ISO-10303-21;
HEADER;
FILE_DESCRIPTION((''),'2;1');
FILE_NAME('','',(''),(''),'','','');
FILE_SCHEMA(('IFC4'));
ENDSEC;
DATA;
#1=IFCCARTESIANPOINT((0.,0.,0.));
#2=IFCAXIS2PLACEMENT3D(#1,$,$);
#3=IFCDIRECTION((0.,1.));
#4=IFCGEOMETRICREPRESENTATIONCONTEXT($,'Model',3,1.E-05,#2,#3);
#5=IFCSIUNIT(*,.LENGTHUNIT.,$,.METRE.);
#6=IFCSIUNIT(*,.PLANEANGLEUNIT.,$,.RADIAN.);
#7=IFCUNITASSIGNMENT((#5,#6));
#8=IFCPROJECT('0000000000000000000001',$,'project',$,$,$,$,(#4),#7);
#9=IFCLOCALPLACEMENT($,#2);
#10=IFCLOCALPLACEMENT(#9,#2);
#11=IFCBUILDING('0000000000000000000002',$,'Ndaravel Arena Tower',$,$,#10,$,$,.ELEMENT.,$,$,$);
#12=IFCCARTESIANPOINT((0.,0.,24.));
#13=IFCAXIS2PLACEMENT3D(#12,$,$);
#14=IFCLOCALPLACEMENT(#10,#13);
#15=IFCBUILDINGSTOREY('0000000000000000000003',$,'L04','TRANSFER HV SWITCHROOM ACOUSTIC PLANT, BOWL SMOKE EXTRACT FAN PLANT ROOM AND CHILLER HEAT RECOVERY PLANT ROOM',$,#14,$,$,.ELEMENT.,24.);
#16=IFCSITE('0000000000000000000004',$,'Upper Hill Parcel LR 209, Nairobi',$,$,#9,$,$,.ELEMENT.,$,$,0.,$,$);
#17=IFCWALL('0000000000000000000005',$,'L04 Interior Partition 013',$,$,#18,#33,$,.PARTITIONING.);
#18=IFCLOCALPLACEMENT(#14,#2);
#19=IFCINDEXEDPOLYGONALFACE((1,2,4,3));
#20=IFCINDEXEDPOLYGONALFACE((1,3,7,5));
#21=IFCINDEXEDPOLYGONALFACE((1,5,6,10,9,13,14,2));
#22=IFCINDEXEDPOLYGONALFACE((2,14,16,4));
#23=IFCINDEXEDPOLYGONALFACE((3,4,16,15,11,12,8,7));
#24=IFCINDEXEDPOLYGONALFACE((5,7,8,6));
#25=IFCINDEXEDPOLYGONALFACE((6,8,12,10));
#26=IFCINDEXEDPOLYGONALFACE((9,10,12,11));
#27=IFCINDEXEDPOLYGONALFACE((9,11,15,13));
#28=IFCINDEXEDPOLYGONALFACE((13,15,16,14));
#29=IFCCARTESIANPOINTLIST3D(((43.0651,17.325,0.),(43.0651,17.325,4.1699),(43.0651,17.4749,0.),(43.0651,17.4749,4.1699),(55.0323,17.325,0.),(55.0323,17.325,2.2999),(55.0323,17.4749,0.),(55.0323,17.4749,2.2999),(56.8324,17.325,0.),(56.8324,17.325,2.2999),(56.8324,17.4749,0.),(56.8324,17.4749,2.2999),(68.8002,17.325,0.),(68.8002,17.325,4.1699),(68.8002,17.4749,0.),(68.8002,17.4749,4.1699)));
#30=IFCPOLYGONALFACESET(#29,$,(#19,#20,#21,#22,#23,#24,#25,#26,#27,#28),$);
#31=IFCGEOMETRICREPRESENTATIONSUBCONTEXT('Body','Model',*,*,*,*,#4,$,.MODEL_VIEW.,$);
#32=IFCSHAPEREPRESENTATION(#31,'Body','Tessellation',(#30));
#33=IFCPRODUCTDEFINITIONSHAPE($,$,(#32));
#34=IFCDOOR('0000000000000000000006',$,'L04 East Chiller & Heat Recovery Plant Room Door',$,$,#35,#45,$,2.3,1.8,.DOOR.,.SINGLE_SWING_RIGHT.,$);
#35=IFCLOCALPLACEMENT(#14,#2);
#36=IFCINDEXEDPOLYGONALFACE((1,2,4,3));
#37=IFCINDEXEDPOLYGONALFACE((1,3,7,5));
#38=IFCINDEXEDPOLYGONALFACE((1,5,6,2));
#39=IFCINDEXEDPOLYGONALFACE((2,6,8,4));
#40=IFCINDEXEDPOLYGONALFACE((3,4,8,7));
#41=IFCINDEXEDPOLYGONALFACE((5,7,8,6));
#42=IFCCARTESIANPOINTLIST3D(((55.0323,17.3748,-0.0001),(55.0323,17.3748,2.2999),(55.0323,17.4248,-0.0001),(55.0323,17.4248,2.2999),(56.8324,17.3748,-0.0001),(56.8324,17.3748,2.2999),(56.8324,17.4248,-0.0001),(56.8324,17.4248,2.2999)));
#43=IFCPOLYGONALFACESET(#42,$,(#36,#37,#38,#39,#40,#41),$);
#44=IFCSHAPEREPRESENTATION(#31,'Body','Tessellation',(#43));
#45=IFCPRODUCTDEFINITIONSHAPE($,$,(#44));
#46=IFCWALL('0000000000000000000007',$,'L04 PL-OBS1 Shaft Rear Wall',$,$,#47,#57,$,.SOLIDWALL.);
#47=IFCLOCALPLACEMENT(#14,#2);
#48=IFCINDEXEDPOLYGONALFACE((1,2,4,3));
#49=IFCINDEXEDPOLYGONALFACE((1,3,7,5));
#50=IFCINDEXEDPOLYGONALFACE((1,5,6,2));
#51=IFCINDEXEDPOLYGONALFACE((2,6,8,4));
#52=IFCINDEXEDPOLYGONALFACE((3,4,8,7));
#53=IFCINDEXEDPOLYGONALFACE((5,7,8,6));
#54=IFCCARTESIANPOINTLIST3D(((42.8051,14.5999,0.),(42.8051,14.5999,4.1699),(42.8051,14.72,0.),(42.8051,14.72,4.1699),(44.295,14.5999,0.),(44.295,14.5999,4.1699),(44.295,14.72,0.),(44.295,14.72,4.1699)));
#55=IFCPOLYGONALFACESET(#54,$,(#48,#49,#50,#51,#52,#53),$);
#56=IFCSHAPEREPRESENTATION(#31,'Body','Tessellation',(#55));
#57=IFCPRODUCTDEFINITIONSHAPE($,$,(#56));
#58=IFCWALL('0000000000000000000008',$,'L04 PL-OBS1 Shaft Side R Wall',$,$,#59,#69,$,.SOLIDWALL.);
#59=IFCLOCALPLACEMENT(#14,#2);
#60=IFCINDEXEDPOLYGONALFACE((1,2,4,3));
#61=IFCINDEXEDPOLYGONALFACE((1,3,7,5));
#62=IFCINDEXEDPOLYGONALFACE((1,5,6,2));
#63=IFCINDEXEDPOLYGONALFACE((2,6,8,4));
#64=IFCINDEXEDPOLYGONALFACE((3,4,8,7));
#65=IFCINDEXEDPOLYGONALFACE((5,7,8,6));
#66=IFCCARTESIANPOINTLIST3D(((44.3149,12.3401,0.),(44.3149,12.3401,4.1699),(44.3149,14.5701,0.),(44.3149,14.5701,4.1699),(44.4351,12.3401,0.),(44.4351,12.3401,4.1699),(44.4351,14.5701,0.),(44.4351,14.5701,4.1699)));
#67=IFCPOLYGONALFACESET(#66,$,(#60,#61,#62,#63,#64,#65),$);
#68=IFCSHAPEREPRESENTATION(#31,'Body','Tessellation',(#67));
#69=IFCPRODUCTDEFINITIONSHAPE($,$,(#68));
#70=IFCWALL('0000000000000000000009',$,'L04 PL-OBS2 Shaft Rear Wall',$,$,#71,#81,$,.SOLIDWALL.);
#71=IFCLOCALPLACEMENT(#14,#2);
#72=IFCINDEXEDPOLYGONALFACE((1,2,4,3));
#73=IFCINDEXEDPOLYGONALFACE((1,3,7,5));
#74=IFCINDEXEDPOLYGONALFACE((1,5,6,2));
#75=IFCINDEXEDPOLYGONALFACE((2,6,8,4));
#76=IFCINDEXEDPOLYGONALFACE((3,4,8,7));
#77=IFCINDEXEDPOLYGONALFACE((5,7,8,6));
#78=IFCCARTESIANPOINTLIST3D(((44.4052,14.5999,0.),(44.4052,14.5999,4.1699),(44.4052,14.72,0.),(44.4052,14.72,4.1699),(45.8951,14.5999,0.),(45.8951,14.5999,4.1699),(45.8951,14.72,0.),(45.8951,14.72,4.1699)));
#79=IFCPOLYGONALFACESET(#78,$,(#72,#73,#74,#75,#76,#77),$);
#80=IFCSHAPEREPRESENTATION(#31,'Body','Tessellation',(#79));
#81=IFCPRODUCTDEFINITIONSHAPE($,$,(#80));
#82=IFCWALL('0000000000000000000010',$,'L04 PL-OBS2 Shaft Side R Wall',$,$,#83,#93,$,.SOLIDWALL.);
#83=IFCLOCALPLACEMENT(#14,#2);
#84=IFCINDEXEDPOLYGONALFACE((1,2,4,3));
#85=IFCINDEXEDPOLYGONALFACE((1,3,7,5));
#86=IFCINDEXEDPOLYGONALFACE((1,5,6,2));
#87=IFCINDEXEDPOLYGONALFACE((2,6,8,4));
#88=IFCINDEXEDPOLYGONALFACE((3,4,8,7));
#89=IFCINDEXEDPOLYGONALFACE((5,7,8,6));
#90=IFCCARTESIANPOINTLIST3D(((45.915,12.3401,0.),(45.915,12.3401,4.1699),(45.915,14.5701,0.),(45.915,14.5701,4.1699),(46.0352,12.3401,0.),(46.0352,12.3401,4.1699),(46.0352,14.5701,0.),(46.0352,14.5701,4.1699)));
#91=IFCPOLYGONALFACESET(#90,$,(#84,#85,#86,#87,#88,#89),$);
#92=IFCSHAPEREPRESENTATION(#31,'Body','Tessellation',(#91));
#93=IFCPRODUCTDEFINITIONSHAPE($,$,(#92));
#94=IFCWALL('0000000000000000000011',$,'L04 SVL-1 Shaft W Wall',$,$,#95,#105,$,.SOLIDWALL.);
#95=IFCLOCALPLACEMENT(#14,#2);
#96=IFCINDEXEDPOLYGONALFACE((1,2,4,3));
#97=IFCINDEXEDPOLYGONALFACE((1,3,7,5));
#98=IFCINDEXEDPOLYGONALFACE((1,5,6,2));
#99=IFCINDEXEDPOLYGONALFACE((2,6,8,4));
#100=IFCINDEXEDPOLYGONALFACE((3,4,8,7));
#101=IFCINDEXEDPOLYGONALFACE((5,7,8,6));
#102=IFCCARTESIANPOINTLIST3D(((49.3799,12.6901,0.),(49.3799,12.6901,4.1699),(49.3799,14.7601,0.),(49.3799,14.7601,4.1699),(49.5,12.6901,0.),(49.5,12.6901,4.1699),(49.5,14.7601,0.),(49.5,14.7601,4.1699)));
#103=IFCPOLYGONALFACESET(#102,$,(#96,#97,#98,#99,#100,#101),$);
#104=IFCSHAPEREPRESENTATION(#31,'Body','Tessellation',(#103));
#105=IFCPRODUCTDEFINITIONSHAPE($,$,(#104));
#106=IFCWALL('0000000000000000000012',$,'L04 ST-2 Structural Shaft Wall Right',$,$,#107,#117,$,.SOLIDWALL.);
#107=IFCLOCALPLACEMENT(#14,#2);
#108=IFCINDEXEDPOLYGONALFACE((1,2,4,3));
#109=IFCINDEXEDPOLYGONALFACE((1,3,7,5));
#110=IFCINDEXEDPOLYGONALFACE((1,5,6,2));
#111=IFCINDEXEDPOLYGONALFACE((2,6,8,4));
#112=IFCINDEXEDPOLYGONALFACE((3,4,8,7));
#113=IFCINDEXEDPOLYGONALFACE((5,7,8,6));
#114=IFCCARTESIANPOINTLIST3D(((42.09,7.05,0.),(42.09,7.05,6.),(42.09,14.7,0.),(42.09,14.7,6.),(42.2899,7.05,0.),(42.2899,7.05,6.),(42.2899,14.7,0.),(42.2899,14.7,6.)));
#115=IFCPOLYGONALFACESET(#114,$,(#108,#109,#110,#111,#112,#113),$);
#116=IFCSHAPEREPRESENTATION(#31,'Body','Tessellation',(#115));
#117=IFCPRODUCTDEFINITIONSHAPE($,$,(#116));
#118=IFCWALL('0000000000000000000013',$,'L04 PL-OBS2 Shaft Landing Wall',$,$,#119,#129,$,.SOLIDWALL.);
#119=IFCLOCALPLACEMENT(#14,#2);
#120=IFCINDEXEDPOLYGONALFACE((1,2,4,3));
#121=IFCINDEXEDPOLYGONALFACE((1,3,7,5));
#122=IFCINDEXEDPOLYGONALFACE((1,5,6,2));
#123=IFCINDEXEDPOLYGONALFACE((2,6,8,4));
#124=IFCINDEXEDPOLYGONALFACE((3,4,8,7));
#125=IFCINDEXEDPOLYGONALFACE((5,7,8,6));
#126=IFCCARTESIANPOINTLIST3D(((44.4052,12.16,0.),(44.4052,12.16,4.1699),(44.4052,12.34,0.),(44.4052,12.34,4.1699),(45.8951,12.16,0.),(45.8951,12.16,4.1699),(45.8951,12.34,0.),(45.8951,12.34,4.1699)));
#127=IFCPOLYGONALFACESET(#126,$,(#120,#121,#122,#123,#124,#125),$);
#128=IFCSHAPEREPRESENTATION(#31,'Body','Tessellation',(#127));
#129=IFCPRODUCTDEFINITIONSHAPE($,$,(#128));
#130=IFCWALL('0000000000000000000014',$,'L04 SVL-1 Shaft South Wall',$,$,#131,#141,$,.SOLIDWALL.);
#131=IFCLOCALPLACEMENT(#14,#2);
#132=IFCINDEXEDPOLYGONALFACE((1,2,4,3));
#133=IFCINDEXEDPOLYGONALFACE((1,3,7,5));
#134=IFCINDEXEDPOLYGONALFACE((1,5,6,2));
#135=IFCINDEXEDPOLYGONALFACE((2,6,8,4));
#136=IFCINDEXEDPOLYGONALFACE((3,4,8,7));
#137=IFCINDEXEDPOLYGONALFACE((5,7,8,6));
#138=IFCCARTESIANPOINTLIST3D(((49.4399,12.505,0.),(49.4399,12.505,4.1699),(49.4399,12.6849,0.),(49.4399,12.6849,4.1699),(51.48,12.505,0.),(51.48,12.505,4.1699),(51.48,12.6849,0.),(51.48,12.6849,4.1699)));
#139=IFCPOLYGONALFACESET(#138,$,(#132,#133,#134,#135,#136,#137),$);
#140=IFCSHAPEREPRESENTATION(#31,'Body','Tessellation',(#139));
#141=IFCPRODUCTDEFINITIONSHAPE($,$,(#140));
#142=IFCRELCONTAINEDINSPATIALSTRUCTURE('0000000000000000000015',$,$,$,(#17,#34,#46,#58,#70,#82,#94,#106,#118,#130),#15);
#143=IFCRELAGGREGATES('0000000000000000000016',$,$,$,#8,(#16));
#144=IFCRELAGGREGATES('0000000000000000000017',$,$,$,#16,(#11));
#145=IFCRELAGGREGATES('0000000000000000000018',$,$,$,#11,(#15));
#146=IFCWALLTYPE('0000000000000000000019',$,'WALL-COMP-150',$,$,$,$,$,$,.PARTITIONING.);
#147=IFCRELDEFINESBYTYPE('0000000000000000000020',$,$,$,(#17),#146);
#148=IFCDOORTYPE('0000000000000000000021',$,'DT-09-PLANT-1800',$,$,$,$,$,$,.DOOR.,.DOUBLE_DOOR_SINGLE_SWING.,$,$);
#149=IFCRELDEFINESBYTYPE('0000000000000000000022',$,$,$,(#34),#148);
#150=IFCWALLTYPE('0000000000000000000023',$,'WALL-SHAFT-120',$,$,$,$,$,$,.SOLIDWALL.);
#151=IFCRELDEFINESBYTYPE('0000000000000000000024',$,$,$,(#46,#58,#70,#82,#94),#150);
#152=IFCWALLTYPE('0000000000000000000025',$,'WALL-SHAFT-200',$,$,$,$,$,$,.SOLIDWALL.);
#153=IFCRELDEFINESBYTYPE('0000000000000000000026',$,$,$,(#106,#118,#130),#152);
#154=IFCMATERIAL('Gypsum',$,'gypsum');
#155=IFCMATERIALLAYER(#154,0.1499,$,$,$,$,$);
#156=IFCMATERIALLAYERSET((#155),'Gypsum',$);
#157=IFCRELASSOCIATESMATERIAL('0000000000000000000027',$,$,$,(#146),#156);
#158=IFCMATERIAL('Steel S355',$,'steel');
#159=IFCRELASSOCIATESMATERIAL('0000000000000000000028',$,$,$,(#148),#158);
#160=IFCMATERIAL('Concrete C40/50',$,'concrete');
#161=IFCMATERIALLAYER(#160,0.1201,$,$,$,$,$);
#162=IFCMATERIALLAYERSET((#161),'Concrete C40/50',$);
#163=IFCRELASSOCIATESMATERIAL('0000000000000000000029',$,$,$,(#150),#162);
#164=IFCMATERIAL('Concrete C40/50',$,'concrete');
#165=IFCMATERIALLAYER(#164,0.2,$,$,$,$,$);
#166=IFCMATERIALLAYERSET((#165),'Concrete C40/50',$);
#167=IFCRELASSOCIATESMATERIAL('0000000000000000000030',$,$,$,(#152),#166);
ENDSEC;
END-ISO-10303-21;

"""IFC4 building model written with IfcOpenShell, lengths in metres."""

from ifc_helpers import new_model, si_unit, direction, frame, frame_2d, origin, place, context, subcontext, project, spatial, rectangle, extrude, material, layer, layer_set, type_object, element, fill, save


model = new_model("IFC4")

# Units and contexts
model_context = context("Model", 3, precision=1e-05, world=origin(), true_north=direction((0.0, 1.0)))
body_context = subcontext(model_context, "Body", "Model", "MODEL_VIEW")
ifc_project = project(units=[si_unit("LENGTHUNIT", "METRE"), si_unit("PLANEANGLEUNIT", "RADIAN")], contexts=[model_context])

# Site, building, storey
site_placement = place(None, origin())
site = spatial("IfcSite", under=ifc_project, at=site_placement, Name="Upper Hill Parcel LR 209, Nairobi", CompositionType="ELEMENT", RefElevation=0.0)
building_placement = place(site_placement, origin())
building = spatial("IfcBuilding", under=site, at=building_placement, Name="Ndaravel Arena Tower", CompositionType="ELEMENT")
storey_placement = place(building_placement, frame((0.0, 0.0, 24.0)))
storey = spatial("IfcBuildingStorey", under=building, at=storey_placement, Name="L04", Description="TRANSFER HV SWITCHROOM ACOUSTIC PLANT, BOWL SMOKE EXTRACT FAN PLANT ROOM AND CHILLER HEAT RECOVERY PLANT ROOM", CompositionType="ELEMENT", Elevation=24.0)

# Wall, opening, door
ifc_material_1 = material(Name="Gypsum", Category="gypsum")
ifc_layer_1 = layer(ifc_material_1, 0.1499)
ifc_layer_set_1 = layer_set([ifc_layer_1], Name="Gypsum")
wall_type_1 = type_object("IfcWallType", Name="WALL-COMP-150", PredefinedType="PARTITIONING", material=ifc_layer_set_1)
wall_1_placement = place(storey_placement, frame((43.0649, 17.3999, 0.0), z_axis=(0.0, 0.0, 1.0), x_axis=(1.0, 0.0, 0.0)))
wall_1 = element("IfcWall", 1, at=wall_1_placement, inside=storey, type_object=wall_type_1, Name="L04 Interior Partition 013", PredefinedType="PARTITIONING", context=body_context, shape_type="SweptSolid", body=[
    extrude(rectangle(XDim=25.7351, YDim=0.1499, at=frame_2d((12.8677, 0.0))), origin(), (0.0, 0.0, 1.0), 4.1699),
])
opening_placement = place(wall_1_placement, frame((11.9675, 0.0, 0.0)))
opening = element("IfcOpeningElement", 2, at=opening_placement, cuts=wall_1, PredefinedType="OPENING", context=body_context, shape_type="SweptSolid", body=[
    extrude(rectangle(XDim=1.8, YDim=2.3, at=frame_2d((0.8999, 1.1499))), frame((0.0, 0.075, 0.0), z_axis=(0.0, -1.0, 0.0), x_axis=(1.0, 0.0, 0.0)), (0.0, 0.0, 1.0), 0.1499),
])
ifc_material_2 = material(Name="Steel S355", Category="steel")
door_type = type_object("IfcDoorType", Name="DT-09-PLANT-1800", OperationType="DOUBLE_DOOR_SINGLE_SWING", PredefinedType="DOOR", material=ifc_material_2)
door_placement = place(opening_placement, origin())
door = element("IfcDoor", 3, at=door_placement, inside=storey, type_object=door_type, Name="L04 East Chiller & Heat Recovery Plant Room Door", OperationType="SINGLE_SWING_RIGHT", OverallHeight=2.3, OverallWidth=1.8, PredefinedType="DOOR", context=body_context, shape_type="SweptSolid", body=[
    extrude(rectangle(XDim=1.8, YDim=2.3, at=frame_2d((0.8999, 1.1499))), frame((0.0, 0.0249, 0.0), z_axis=(0.0, -1.0, 0.0), x_axis=(1.0, 0.0, 0.0)), (0.0, 0.0, 1.0), 0.05),
])
fill(opening, door)

# Walls
ifc_material_3 = material(Name="Concrete C40/50", Category="concrete")
ifc_layer_2 = layer(ifc_material_3, 0.1201)
ifc_layer_set_2 = layer_set([ifc_layer_2], Name="Concrete C40/50")
wall_type_2 = type_object("IfcWallType", Name="WALL-SHAFT-120", PredefinedType="SOLIDWALL", material=ifc_layer_set_2)
wall_2_placement = place(storey_placement, frame((42.8049, 14.6599, 0.0), z_axis=(0.0, 0.0, 1.0), x_axis=(1.0, 0.0, 0.0)))
element("IfcWall", 4, at=wall_2_placement, inside=storey, type_object=wall_type_2, Name="L04 PL-OBS1 Shaft Rear Wall", PredefinedType="SOLIDWALL", context=body_context, shape_type="SweptSolid", body=[
    extrude(rectangle(XDim=1.49, YDim=0.1201, at=frame_2d((0.7451, 0.0))), origin(), (0.0, 0.0, 1.0), 4.1699),
])
wall_3_placement = place(storey_placement, frame((44.375, 12.3401, 0.0), z_axis=(0.0, 0.0, 1.0), x_axis=(0.0, 1.0, 0.0)))
element("IfcWall", 5, at=wall_3_placement, inside=storey, type_object=wall_type_2, Name="L04 PL-OBS1 Shaft Side R Wall", PredefinedType="SOLIDWALL", context=body_context, shape_type="SweptSolid", body=[
    extrude(rectangle(XDim=2.23, YDim=0.1201, at=frame_2d((1.115, 0.0))), origin(), (0.0, 0.0, 1.0), 4.1699),
])
wall_4_placement = place(storey_placement, frame((44.405, 14.6599, 0.0), z_axis=(0.0, 0.0, 1.0), x_axis=(1.0, 0.0, 0.0)))
element("IfcWall", 6, at=wall_4_placement, inside=storey, type_object=wall_type_2, Name="L04 PL-OBS2 Shaft Rear Wall", PredefinedType="SOLIDWALL", context=body_context, shape_type="SweptSolid", body=[
    extrude(rectangle(XDim=1.49, YDim=0.1201, at=frame_2d((0.7451, 0.0))), origin(), (0.0, 0.0, 1.0), 4.1699),
])
wall_5_placement = place(storey_placement, frame((45.9751, 12.3401, 0.0), z_axis=(0.0, 0.0, 1.0), x_axis=(0.0, 1.0, 0.0)))
element("IfcWall", 7, at=wall_5_placement, inside=storey, type_object=wall_type_2, Name="L04 PL-OBS2 Shaft Side R Wall", PredefinedType="SOLIDWALL", context=body_context, shape_type="SweptSolid", body=[
    extrude(rectangle(XDim=2.23, YDim=0.1201, at=frame_2d((1.115, 0.0))), origin(), (0.0, 0.0, 1.0), 4.1699),
])
wall_6_placement = place(storey_placement, frame((49.4399, 12.6899, 0.0), z_axis=(0.0, 0.0, 1.0), x_axis=(0.0, 1.0, 0.0)))
element("IfcWall", 8, at=wall_6_placement, inside=storey, type_object=wall_type_2, Name="L04 SVL-1 Shaft W Wall", PredefinedType="SOLIDWALL", context=body_context, shape_type="SweptSolid", body=[
    extrude(rectangle(XDim=2.0701, YDim=0.1201, at=frame_2d((1.0352, 0.0))), origin(), (0.0, 0.0, 1.0), 4.1699),
])
ifc_material_4 = material(Name="Concrete C40/50", Category="concrete")
ifc_layer_3 = layer(ifc_material_4, 0.2)
ifc_layer_set_3 = layer_set([ifc_layer_3], Name="Concrete C40/50")
wall_type_3 = type_object("IfcWallType", Name="WALL-SHAFT-200", PredefinedType="SOLIDWALL", material=ifc_layer_set_3)
wall_7_placement = place(storey_placement, frame((42.1899, 14.7, 0.0), z_axis=(0.0, 0.0, 1.0), x_axis=(0.0, -1.0, 0.0)))
element("IfcWall", 9, at=wall_7_placement, inside=storey, type_object=wall_type_3, Name="L04 ST-2 Structural Shaft Wall Right", PredefinedType="SOLIDWALL", context=body_context, shape_type="SweptSolid", body=[
    extrude(rectangle(XDim=7.6499, YDim=0.2, at=frame_2d((3.825, 0.0))), origin(), (0.0, 0.0, 1.0), 6.0),
])
wall_8_placement = place(storey_placement, frame((44.405, 12.25, 0.0), z_axis=(0.0, 0.0, 1.0), x_axis=(1.0, 0.0, 0.0)))
element("IfcWall", 10, at=wall_8_placement, inside=storey, type_object=wall_type_3, Name="L04 PL-OBS2 Shaft Landing Wall", PredefinedType="SOLIDWALL", context=body_context, shape_type="SweptSolid", body=[
    extrude(rectangle(XDim=1.49, YDim=0.1799, at=frame_2d((0.7451, 0.0))), origin(), (0.0, 0.0, 1.0), 4.1699),
])
wall_9_placement = place(storey_placement, frame((49.4399, 12.595, 0.0), z_axis=(0.0, 0.0, 1.0), x_axis=(1.0, 0.0, 0.0)))
element("IfcWall", 11, at=wall_9_placement, inside=storey, type_object=wall_type_3, Name="L04 SVL-1 Shaft South Wall", PredefinedType="SOLIDWALL", context=body_context, shape_type="SweptSolid", body=[
    extrude(rectangle(XDim=2.04, YDim=0.1799, at=frame_2d((1.02, 0.0))), origin(), (0.0, 0.0, 1.0), 4.1699),
])

save(model, "model.ifc")
